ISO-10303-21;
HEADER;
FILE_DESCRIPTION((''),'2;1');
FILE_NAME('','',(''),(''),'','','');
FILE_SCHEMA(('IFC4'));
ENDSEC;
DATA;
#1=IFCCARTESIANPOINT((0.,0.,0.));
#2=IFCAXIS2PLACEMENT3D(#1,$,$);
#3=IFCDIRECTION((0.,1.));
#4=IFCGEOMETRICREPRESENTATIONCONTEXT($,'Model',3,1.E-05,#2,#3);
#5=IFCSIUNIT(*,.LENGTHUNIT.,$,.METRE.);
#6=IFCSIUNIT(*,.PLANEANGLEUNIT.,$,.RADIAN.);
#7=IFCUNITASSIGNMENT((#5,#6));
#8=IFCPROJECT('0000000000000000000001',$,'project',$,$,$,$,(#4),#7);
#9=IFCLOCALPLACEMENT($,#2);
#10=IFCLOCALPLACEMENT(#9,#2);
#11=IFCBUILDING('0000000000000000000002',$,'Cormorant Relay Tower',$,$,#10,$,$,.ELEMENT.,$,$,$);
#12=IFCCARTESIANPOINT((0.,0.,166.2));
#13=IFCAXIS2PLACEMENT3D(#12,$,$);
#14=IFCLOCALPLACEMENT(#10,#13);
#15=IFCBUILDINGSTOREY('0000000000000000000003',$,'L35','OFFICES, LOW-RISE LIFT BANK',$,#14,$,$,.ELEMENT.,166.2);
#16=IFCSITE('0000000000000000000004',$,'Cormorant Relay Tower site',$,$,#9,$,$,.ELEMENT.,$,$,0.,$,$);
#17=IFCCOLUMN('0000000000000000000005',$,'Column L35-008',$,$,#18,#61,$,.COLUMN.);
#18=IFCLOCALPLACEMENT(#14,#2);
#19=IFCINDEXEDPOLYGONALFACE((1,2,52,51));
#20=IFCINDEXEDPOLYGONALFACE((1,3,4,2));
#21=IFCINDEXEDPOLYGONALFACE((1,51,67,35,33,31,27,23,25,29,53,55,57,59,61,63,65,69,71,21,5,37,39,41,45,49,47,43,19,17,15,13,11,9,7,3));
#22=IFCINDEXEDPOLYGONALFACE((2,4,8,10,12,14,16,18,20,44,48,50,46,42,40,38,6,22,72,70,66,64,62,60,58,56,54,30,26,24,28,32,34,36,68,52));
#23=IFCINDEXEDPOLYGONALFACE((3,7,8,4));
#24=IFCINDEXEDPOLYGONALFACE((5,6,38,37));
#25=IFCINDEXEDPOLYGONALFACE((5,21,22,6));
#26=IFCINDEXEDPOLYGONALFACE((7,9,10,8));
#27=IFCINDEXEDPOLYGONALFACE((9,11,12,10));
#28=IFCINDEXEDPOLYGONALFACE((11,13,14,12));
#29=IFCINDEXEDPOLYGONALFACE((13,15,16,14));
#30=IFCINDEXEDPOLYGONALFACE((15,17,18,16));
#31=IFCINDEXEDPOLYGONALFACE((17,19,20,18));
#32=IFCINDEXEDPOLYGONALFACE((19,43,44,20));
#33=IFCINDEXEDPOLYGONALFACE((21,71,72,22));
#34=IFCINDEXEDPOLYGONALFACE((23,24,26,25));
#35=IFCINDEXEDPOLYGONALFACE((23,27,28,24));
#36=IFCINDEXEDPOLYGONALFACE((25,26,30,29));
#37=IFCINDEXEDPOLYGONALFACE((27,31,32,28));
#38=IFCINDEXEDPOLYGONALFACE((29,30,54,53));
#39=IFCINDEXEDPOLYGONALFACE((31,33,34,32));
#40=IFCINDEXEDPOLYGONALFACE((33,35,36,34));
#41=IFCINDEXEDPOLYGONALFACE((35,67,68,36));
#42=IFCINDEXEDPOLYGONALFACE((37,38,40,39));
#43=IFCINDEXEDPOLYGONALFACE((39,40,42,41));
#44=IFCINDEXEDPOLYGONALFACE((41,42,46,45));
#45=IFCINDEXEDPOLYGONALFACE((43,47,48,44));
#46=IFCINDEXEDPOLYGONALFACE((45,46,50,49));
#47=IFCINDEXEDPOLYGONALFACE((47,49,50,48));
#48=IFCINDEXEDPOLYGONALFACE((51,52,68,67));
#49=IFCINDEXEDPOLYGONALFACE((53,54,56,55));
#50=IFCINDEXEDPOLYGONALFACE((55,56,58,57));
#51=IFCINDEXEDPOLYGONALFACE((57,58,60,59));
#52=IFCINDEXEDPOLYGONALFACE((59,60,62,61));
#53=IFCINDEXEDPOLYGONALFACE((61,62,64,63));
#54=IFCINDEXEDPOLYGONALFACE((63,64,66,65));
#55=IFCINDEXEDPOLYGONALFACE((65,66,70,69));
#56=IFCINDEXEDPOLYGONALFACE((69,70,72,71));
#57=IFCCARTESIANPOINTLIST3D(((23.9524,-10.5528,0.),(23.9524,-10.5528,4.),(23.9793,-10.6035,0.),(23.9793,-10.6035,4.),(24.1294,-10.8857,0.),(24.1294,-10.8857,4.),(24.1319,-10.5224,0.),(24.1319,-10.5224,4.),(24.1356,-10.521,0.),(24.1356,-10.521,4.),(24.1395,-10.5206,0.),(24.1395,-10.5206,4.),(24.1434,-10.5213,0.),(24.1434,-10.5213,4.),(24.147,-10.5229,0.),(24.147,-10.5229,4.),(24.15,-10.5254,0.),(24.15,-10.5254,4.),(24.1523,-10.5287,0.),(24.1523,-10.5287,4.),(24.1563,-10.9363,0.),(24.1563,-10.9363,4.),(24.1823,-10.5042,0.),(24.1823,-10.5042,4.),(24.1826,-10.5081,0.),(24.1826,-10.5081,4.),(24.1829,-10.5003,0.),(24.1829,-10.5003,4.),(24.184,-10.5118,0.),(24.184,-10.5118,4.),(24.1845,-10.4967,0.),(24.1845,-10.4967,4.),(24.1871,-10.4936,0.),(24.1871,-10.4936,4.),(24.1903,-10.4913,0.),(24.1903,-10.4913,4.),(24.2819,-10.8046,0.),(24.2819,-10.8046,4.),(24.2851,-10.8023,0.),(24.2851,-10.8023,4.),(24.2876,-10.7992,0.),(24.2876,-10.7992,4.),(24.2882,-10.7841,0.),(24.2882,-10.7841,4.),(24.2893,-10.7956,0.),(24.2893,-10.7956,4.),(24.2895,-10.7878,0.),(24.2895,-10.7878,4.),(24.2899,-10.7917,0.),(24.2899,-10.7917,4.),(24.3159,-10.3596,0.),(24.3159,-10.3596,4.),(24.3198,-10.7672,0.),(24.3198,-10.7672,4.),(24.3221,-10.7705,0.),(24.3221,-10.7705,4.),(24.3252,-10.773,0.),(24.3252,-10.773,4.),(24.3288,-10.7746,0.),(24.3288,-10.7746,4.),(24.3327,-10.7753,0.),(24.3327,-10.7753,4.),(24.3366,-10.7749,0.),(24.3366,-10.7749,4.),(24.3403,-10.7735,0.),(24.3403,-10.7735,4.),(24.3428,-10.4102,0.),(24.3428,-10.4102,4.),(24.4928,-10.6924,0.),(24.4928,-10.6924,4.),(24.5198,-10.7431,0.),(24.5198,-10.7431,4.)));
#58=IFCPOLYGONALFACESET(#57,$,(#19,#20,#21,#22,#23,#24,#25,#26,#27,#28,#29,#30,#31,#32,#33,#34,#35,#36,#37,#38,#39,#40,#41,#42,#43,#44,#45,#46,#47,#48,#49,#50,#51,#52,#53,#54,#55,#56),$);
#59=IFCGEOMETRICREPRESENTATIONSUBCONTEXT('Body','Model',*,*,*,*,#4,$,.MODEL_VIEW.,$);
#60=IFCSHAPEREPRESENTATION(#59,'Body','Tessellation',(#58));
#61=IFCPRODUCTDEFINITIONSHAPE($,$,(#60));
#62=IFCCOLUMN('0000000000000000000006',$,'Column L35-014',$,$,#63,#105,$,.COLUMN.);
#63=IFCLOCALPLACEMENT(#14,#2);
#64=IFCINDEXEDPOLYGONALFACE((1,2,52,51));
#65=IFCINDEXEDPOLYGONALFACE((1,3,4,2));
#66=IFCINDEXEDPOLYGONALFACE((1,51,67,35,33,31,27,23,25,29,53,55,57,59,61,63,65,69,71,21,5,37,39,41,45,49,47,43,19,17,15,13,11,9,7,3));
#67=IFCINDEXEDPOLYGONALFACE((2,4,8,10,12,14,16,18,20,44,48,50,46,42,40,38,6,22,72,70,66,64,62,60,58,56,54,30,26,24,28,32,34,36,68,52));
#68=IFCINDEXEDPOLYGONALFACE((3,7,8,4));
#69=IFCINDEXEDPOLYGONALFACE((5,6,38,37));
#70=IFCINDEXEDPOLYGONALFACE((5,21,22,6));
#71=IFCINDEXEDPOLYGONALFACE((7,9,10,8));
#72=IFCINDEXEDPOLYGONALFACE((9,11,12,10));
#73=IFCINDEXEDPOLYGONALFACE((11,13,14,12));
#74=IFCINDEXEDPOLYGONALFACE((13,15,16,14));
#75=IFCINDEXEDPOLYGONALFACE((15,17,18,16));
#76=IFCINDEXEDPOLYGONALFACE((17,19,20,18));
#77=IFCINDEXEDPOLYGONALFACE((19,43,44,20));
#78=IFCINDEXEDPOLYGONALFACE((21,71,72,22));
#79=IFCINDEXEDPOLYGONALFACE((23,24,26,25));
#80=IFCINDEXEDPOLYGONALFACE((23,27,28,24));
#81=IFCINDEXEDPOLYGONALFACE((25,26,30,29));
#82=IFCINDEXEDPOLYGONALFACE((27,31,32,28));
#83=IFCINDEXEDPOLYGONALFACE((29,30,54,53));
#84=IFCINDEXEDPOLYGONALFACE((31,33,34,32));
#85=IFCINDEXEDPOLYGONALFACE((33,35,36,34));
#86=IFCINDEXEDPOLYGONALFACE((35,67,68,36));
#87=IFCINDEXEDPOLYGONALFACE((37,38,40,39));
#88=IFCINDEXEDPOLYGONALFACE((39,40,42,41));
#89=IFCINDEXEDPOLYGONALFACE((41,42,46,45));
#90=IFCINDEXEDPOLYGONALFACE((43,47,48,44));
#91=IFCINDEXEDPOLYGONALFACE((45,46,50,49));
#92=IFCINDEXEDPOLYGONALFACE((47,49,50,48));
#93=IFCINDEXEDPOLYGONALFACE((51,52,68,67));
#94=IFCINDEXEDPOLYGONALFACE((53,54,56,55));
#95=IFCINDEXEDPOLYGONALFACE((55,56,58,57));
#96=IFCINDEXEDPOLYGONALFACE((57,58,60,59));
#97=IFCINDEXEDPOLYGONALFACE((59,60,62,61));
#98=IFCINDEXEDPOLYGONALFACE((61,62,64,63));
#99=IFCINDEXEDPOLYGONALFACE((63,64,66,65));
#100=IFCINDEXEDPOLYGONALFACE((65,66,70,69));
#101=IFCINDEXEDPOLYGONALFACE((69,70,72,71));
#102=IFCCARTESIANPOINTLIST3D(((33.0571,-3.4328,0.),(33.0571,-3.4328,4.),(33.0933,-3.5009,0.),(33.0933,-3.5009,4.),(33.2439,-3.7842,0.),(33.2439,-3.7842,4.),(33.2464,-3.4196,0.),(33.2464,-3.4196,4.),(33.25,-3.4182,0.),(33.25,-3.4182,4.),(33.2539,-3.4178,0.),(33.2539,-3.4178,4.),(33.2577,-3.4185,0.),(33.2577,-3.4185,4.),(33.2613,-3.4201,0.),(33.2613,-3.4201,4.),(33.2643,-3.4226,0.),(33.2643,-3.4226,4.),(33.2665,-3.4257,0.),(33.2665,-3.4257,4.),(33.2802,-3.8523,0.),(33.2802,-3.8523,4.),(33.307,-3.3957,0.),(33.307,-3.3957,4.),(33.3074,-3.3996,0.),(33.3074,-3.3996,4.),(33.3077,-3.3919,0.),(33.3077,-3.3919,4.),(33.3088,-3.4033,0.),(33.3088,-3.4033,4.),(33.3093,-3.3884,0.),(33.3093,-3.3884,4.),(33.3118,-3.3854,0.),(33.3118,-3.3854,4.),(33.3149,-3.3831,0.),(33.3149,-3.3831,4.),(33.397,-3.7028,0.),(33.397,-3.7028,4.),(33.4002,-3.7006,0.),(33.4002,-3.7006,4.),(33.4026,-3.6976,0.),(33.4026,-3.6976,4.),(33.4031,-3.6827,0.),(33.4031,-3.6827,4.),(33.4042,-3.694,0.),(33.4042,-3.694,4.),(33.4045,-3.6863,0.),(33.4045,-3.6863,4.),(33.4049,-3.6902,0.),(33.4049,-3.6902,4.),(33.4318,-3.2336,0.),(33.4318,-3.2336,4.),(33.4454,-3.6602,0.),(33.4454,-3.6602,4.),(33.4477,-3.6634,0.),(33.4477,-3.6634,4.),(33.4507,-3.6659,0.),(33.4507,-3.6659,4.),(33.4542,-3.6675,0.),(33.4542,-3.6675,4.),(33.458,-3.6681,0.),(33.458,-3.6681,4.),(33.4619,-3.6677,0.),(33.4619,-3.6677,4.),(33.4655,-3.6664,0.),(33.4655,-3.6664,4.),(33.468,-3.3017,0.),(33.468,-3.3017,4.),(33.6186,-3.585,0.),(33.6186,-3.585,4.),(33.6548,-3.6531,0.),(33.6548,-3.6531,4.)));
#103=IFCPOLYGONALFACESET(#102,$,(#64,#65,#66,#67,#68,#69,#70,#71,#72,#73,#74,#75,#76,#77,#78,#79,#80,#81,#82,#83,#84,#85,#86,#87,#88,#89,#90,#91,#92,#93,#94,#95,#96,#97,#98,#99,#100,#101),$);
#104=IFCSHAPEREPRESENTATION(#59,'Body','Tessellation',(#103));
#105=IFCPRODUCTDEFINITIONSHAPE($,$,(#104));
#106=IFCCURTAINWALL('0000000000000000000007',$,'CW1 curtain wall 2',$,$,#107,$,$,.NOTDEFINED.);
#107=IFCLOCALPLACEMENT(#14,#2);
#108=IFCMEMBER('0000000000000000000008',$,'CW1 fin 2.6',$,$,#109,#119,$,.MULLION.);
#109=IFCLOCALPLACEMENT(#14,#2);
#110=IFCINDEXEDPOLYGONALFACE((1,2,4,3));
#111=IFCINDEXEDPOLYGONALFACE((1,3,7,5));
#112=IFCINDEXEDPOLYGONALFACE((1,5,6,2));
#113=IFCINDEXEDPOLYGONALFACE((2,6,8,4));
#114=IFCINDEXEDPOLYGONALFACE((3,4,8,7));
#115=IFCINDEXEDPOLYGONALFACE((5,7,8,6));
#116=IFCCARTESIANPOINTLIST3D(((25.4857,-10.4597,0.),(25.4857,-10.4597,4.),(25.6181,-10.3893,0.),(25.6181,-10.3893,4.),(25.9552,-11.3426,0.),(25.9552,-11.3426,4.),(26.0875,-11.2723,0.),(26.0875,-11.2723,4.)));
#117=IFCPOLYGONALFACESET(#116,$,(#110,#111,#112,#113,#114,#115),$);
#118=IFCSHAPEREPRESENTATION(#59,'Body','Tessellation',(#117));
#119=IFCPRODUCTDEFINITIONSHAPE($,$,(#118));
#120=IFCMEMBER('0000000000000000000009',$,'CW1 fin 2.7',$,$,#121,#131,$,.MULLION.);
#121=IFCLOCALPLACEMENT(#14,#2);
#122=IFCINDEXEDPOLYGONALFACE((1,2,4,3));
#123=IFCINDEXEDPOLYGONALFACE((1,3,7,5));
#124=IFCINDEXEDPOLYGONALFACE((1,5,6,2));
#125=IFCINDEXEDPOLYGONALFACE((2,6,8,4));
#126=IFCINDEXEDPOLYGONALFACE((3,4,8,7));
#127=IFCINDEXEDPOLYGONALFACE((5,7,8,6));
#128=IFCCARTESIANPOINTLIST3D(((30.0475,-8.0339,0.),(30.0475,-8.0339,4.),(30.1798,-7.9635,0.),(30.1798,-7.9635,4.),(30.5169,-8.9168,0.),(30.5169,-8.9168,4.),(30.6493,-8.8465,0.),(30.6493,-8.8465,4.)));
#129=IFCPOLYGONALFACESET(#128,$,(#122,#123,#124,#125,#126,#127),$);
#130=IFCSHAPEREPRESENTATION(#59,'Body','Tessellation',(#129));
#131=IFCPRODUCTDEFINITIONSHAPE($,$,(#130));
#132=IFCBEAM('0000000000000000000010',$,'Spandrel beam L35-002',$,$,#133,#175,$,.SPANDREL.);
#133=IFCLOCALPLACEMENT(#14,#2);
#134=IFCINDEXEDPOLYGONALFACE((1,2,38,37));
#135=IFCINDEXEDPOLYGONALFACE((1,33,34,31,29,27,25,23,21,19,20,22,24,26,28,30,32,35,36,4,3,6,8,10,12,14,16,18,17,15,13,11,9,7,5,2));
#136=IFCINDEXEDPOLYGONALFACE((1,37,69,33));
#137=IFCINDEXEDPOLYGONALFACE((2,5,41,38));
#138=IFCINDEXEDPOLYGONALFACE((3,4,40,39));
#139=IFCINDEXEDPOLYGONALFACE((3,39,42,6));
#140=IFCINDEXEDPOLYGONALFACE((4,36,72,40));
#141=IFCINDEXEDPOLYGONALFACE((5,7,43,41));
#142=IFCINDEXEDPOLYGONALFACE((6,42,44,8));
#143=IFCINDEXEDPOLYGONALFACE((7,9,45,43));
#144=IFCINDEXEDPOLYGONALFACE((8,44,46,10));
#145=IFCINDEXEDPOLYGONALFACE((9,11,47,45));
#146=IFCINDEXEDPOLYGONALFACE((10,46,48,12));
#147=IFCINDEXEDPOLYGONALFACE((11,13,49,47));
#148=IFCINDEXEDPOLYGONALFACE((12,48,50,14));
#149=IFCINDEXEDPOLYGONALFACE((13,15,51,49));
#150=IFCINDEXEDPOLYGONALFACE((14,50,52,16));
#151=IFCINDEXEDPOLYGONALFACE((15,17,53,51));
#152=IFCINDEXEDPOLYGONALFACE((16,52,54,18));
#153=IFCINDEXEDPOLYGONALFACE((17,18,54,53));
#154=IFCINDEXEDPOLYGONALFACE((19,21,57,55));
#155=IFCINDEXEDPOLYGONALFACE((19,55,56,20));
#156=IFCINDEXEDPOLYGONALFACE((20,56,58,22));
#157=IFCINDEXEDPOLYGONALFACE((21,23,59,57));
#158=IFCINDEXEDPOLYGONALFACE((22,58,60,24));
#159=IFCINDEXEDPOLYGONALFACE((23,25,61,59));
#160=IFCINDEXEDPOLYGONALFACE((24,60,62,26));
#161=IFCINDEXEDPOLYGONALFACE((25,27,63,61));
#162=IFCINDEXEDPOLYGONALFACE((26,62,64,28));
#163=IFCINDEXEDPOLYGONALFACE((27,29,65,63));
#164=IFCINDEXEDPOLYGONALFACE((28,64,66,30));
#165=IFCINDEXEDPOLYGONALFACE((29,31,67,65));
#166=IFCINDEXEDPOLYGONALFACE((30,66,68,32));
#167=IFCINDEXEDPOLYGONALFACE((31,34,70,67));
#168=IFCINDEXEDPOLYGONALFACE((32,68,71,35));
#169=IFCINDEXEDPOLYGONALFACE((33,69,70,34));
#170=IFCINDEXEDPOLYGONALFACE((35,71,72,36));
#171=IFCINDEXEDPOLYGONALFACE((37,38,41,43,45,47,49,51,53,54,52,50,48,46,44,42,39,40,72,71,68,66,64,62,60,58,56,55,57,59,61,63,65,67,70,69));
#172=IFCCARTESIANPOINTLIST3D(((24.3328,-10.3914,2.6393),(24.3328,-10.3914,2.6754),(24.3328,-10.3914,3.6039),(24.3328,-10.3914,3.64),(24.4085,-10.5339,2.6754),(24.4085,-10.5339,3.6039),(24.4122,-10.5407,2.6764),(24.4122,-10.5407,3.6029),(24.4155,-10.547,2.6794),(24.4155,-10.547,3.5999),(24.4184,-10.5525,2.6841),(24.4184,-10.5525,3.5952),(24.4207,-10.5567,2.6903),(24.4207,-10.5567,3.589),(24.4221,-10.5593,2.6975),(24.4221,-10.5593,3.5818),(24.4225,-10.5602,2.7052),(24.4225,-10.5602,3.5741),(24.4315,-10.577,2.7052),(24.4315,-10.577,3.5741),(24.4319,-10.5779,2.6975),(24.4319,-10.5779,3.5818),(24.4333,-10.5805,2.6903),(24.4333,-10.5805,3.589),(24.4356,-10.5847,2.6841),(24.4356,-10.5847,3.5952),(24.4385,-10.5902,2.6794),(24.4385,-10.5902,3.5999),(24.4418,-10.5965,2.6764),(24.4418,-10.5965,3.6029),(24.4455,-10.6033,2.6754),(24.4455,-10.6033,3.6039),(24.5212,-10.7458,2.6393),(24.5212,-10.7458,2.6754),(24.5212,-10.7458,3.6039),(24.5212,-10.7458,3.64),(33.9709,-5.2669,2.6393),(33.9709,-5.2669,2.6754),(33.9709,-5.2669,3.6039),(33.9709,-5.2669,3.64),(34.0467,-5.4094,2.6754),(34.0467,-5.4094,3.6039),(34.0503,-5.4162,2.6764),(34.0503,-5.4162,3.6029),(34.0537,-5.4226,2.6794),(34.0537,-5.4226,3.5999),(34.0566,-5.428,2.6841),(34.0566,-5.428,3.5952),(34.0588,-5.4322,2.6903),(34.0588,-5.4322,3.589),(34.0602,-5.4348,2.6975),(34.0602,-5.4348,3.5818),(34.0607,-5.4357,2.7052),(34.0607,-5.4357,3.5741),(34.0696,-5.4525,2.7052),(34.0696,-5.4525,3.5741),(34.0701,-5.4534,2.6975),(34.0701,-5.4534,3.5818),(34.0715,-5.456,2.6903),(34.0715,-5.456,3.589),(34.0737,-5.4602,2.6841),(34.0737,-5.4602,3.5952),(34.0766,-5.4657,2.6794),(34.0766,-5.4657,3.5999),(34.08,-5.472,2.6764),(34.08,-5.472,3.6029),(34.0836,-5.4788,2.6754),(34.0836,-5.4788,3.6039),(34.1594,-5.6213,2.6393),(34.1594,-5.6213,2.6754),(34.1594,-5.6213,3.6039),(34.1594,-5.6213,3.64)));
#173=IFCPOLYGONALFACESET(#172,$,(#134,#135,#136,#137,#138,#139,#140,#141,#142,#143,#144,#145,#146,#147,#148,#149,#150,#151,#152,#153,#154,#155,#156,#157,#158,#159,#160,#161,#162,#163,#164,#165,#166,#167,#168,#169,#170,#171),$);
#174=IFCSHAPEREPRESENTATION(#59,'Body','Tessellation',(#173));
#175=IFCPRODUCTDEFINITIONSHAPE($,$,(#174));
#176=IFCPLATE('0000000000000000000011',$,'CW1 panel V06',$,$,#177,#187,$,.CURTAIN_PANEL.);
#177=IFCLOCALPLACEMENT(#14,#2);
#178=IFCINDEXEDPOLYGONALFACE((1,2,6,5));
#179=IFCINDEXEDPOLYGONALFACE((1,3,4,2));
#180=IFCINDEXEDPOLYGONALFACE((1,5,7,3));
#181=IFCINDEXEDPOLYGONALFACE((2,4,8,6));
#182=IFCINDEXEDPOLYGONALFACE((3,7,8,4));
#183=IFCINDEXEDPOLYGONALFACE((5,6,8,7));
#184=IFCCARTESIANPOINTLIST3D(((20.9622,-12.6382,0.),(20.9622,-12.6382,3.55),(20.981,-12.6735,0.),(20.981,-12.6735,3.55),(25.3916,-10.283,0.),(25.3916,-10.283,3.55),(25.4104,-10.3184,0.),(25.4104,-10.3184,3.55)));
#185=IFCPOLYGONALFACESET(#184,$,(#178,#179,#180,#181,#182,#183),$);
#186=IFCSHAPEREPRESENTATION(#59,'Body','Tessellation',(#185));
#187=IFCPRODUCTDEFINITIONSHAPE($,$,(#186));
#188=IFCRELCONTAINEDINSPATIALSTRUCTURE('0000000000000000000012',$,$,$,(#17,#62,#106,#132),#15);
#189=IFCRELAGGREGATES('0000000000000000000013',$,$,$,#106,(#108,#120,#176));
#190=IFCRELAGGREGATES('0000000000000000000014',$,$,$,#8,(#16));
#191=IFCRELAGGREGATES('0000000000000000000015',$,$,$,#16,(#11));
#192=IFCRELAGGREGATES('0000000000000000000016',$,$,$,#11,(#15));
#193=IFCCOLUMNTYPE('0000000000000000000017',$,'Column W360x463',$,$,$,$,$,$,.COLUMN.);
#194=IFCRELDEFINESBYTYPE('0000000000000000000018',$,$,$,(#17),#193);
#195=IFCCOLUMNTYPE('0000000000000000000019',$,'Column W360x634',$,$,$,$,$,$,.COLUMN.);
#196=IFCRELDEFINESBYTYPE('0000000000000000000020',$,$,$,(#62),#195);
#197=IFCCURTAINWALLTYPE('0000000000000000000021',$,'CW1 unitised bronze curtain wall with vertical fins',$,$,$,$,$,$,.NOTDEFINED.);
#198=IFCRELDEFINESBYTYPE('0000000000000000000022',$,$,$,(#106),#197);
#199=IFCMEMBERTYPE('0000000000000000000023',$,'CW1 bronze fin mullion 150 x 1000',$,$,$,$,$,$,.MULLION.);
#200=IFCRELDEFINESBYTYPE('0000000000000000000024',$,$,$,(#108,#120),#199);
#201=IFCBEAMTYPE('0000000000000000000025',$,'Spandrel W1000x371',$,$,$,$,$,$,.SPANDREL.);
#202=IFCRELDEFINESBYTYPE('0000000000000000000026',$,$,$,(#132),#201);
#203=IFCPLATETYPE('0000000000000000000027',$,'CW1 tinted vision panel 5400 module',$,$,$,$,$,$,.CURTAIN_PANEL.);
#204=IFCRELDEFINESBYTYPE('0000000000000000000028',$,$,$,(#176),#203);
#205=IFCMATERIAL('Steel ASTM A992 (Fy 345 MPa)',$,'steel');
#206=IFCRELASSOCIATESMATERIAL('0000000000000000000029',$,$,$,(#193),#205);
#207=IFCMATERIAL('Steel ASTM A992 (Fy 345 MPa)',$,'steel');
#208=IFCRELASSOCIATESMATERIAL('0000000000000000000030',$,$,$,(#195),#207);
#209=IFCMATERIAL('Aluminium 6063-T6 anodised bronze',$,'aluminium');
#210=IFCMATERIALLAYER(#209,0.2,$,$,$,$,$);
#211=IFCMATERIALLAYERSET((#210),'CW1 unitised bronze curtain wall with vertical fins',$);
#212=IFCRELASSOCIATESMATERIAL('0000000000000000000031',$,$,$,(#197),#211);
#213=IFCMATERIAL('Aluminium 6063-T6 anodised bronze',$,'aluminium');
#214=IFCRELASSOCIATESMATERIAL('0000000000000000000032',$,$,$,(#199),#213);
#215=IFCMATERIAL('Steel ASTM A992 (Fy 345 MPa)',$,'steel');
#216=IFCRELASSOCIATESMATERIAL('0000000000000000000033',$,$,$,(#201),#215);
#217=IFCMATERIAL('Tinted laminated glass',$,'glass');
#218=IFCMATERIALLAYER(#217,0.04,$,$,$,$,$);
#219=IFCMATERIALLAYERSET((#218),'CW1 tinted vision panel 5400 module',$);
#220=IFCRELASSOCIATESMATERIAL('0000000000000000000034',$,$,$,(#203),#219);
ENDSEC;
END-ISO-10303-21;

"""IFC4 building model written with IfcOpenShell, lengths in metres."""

from ifc_helpers import new_model, si_unit, direction, frame, origin, origin_2d, place, context, subcontext, project, spatial, rectangle, i_section, extrude, material, layer, layer_set, material_profile, profile_set, type_object, element, aggregate, save


model = new_model("IFC4")

# Units and contexts
model_context = context("Model", 3, precision=1e-05, world=origin(), true_north=direction((0.0, 1.0)))
body_context = subcontext(model_context, "Body", "Model", "MODEL_VIEW")
ifc_project = project(units=[si_unit("LENGTHUNIT", "METRE"), si_unit("PLANEANGLEUNIT", "RADIAN")], contexts=[model_context])

# Site, building, storey
site_placement = place(None, origin())
site = spatial("IfcSite", under=ifc_project, at=site_placement, Name="Cormorant Relay Tower site", CompositionType="ELEMENT", RefElevation=0.0)
building_placement = place(site_placement, origin())
building = spatial("IfcBuilding", under=site, at=building_placement, Name="Cormorant Relay Tower", CompositionType="ELEMENT")
storey_placement = place(building_placement, frame((0.0, 0.0, 166.2)))
storey = spatial("IfcBuildingStorey", under=building, at=storey_placement, Name="L35", Description="OFFICES, LOW-RISE LIFT BANK", CompositionType="ELEMENT", Elevation=166.2)

# Columns
ifc_material_1 = material(Name="Steel ASTM A992 (Fy 345 MPa)", Category="steel")
ifc_material_profile_1 = material_profile(ifc_material_1, i_section(OverallWidth=0.4116, OverallDepth=0.4343, WebThickness=0.0359, FlangeThickness=0.0574, FilletRadius=0.0151, at=origin_2d()), Name="W360x463")
ifc_profile_set_1 = profile_set([ifc_material_profile_1], Name="Steel ASTM A992 (Fy 345 MPa)")
column_type_1 = type_object("IfcColumnType", Name="Column W360x463", PredefinedType="COLUMN", material=ifc_profile_set_1)
column_1_placement = place(storey_placement, frame((24.2361, -10.6479, 0.0), z_axis=(0.0, 0.0, 1.0), x_axis=(0.882948, 0.469472, 0.0)))
element("IfcColumn", 1, at=column_1_placement, inside=storey, type_object=column_type_1, Name="Column L35-008", PredefinedType="COLUMN", context=body_context, shape_type="SweptSolid", body=[
    extrude(i_section(OverallWidth=0.4116, OverallDepth=0.4343, WebThickness=0.0359, FlangeThickness=0.0574, FilletRadius=0.0151, at=origin_2d()), origin(), (0.0, 0.0, 1.0), 4.0),
])
ifc_material_2 = material(Name="Steel ASTM A992 (Fy 345 MPa)", Category="steel")
ifc_material_profile_2 = material_profile(ifc_material_2, i_section(OverallWidth=0.4243, OverallDepth=0.4751, WebThickness=0.0479, FlangeThickness=0.0771, FilletRadius=0.0149, at=origin_2d()), Name="W360x634")
ifc_profile_set_2 = profile_set([ifc_material_profile_2], Name="Steel ASTM A992 (Fy 345 MPa)")
column_type_2 = type_object("IfcColumnType", Name="Column W360x634", PredefinedType="COLUMN", material=ifc_profile_set_2)
column_2_placement = place(storey_placement, frame((33.356, -3.543, 0.0), z_axis=(0.0, 0.0, 1.0), x_axis=(0.882948, 0.469472, 0.0)))
element("IfcColumn", 2, at=column_2_placement, inside=storey, type_object=column_type_2, Name="Column L35-014", PredefinedType="COLUMN", context=body_context, shape_type="SweptSolid", body=[
    extrude(i_section(OverallWidth=0.4243, OverallDepth=0.4751, WebThickness=0.0479, FlangeThickness=0.0771, FilletRadius=0.0149, at=origin_2d()), origin(), (0.0, 0.0, 1.0), 4.0),
])

# Curtain wall, members
ifc_material_3 = material(Name="Aluminium 6063-T6 anodised bronze", Category="aluminium")
ifc_layer_1 = layer(ifc_material_3, 0.2)
ifc_layer_set_1 = layer_set([ifc_layer_1], Name="CW1 unitised bronze curtain wall with vertical fins")
curtain_wall_type = type_object("IfcCurtainWallType", Name="CW1 unitised bronze curtain wall with vertical fins", PredefinedType="NOTDEFINED", material=ifc_layer_set_1)
curtain_wall_placement = place(storey_placement, origin())
curtain_wall = element("IfcCurtainWall", 3, at=curtain_wall_placement, inside=storey, type_object=curtain_wall_type, Name="CW1 curtain wall 2", PredefinedType="NOTDEFINED")
ifc_material_4 = material(Name="Aluminium 6063-T6 anodised bronze", Category="aluminium")
ifc_material_profile_3 = material_profile(ifc_material_4, rectangle(XDim=0.1499, YDim=1.0, at=origin_2d()), Name="AL 150x1000")
ifc_profile_set_3 = profile_set([ifc_material_profile_3], Name="Aluminium 6063-T6 anodised bronze")
member_type = type_object("IfcMemberType", Name="CW1 bronze fin mullion 150 x 1000", PredefinedType="MULLION", material=ifc_profile_set_3)
member_1_placement = place(storey_placement, frame((25.7866, -10.866, 0.0), z_axis=(0.0, 0.0, 1.0), x_axis=(0.882948, 0.469472, 0.0)))
member_1 = element("IfcMember", 4, at=member_1_placement, type_object=member_type, Name="CW1 fin 2.6", PredefinedType="MULLION", context=body_context, shape_type="SweptSolid", body=[
    extrude(rectangle(XDim=0.1499, YDim=1.0, at=origin_2d()), origin(), (0.0, 0.0, 1.0), 4.0),
])
member_2_placement = place(storey_placement, frame((30.3484, -8.4402, 0.0), z_axis=(0.0, 0.0, 1.0), x_axis=(0.882948, 0.469472, 0.0)))
member_2 = element("IfcMember", 5, at=member_2_placement, type_object=member_type, Name="CW1 fin 2.7", PredefinedType="MULLION", context=body_context, shape_type="SweptSolid", body=[
    extrude(rectangle(XDim=0.1499, YDim=1.0, at=origin_2d()), origin(), (0.0, 0.0, 1.0), 4.0),
])

# Beam
ifc_material_5 = material(Name="Steel ASTM A992 (Fy 345 MPa)", Category="steel")
ifc_material_profile_4 = material_profile(ifc_material_5, i_section(OverallWidth=0.4014, OverallDepth=1.0007, WebThickness=0.019, FlangeThickness=0.0361, FilletRadius=0.0298, at=origin_2d()), Name="W1000x371")
ifc_profile_set_4 = profile_set([ifc_material_profile_4], Name="Steel ASTM A992 (Fy 345 MPa)")
beam_type = type_object("IfcBeamType", Name="Spandrel W1000x371", PredefinedType="SPANDREL", material=ifc_profile_set_4)
beam_placement = place(storey_placement, frame((24.427, -10.5686, 3.1396), z_axis=(0.882955, 0.469457, 0.0), x_axis=(-0.469457, 0.882955, 0.0)))
element("IfcBeam", 6, at=beam_placement, inside=storey, type_object=beam_type, Name="Spandrel beam L35-002", PredefinedType="SPANDREL", context=body_context, shape_type="SweptSolid", body=[
    extrude(i_section(OverallWidth=0.4014, OverallDepth=1.0007, WebThickness=0.019, FlangeThickness=0.0361, FilletRadius=0.0298, at=origin_2d()), origin(), (0.0, 0.0, 1.0), 10.9158),
])

# Plate
ifc_material_6 = material(Name="Tinted laminated glass", Category="glass")
ifc_layer_2 = layer(ifc_material_6, 0.04)
ifc_layer_set_2 = layer_set([ifc_layer_2], Name="CW1 tinted vision panel 5400 module")
plate_type = type_object("IfcPlateType", Name="CW1 tinted vision panel 5400 module", PredefinedType="CURTAIN_PANEL", material=ifc_layer_set_2)
plate_placement = place(storey_placement, frame((23.1863, -11.4783, 0.0), z_axis=(0.0, 0.0, 1.0), x_axis=(0.882948, 0.469472, 0.0)))
plate = element("IfcPlate", 7, at=plate_placement, type_object=plate_type, Name="CW1 panel V06", PredefinedType="CURTAIN_PANEL", context=body_context, shape_type="SweptSolid", body=[
    extrude(rectangle(XDim=5.0166, YDim=0.04, at=origin_2d()), origin(), (0.0, 0.0, 1.0), 3.55),
])

aggregate(curtain_wall, [member_1, member_2, plate])

save(model, "model.ifc")
